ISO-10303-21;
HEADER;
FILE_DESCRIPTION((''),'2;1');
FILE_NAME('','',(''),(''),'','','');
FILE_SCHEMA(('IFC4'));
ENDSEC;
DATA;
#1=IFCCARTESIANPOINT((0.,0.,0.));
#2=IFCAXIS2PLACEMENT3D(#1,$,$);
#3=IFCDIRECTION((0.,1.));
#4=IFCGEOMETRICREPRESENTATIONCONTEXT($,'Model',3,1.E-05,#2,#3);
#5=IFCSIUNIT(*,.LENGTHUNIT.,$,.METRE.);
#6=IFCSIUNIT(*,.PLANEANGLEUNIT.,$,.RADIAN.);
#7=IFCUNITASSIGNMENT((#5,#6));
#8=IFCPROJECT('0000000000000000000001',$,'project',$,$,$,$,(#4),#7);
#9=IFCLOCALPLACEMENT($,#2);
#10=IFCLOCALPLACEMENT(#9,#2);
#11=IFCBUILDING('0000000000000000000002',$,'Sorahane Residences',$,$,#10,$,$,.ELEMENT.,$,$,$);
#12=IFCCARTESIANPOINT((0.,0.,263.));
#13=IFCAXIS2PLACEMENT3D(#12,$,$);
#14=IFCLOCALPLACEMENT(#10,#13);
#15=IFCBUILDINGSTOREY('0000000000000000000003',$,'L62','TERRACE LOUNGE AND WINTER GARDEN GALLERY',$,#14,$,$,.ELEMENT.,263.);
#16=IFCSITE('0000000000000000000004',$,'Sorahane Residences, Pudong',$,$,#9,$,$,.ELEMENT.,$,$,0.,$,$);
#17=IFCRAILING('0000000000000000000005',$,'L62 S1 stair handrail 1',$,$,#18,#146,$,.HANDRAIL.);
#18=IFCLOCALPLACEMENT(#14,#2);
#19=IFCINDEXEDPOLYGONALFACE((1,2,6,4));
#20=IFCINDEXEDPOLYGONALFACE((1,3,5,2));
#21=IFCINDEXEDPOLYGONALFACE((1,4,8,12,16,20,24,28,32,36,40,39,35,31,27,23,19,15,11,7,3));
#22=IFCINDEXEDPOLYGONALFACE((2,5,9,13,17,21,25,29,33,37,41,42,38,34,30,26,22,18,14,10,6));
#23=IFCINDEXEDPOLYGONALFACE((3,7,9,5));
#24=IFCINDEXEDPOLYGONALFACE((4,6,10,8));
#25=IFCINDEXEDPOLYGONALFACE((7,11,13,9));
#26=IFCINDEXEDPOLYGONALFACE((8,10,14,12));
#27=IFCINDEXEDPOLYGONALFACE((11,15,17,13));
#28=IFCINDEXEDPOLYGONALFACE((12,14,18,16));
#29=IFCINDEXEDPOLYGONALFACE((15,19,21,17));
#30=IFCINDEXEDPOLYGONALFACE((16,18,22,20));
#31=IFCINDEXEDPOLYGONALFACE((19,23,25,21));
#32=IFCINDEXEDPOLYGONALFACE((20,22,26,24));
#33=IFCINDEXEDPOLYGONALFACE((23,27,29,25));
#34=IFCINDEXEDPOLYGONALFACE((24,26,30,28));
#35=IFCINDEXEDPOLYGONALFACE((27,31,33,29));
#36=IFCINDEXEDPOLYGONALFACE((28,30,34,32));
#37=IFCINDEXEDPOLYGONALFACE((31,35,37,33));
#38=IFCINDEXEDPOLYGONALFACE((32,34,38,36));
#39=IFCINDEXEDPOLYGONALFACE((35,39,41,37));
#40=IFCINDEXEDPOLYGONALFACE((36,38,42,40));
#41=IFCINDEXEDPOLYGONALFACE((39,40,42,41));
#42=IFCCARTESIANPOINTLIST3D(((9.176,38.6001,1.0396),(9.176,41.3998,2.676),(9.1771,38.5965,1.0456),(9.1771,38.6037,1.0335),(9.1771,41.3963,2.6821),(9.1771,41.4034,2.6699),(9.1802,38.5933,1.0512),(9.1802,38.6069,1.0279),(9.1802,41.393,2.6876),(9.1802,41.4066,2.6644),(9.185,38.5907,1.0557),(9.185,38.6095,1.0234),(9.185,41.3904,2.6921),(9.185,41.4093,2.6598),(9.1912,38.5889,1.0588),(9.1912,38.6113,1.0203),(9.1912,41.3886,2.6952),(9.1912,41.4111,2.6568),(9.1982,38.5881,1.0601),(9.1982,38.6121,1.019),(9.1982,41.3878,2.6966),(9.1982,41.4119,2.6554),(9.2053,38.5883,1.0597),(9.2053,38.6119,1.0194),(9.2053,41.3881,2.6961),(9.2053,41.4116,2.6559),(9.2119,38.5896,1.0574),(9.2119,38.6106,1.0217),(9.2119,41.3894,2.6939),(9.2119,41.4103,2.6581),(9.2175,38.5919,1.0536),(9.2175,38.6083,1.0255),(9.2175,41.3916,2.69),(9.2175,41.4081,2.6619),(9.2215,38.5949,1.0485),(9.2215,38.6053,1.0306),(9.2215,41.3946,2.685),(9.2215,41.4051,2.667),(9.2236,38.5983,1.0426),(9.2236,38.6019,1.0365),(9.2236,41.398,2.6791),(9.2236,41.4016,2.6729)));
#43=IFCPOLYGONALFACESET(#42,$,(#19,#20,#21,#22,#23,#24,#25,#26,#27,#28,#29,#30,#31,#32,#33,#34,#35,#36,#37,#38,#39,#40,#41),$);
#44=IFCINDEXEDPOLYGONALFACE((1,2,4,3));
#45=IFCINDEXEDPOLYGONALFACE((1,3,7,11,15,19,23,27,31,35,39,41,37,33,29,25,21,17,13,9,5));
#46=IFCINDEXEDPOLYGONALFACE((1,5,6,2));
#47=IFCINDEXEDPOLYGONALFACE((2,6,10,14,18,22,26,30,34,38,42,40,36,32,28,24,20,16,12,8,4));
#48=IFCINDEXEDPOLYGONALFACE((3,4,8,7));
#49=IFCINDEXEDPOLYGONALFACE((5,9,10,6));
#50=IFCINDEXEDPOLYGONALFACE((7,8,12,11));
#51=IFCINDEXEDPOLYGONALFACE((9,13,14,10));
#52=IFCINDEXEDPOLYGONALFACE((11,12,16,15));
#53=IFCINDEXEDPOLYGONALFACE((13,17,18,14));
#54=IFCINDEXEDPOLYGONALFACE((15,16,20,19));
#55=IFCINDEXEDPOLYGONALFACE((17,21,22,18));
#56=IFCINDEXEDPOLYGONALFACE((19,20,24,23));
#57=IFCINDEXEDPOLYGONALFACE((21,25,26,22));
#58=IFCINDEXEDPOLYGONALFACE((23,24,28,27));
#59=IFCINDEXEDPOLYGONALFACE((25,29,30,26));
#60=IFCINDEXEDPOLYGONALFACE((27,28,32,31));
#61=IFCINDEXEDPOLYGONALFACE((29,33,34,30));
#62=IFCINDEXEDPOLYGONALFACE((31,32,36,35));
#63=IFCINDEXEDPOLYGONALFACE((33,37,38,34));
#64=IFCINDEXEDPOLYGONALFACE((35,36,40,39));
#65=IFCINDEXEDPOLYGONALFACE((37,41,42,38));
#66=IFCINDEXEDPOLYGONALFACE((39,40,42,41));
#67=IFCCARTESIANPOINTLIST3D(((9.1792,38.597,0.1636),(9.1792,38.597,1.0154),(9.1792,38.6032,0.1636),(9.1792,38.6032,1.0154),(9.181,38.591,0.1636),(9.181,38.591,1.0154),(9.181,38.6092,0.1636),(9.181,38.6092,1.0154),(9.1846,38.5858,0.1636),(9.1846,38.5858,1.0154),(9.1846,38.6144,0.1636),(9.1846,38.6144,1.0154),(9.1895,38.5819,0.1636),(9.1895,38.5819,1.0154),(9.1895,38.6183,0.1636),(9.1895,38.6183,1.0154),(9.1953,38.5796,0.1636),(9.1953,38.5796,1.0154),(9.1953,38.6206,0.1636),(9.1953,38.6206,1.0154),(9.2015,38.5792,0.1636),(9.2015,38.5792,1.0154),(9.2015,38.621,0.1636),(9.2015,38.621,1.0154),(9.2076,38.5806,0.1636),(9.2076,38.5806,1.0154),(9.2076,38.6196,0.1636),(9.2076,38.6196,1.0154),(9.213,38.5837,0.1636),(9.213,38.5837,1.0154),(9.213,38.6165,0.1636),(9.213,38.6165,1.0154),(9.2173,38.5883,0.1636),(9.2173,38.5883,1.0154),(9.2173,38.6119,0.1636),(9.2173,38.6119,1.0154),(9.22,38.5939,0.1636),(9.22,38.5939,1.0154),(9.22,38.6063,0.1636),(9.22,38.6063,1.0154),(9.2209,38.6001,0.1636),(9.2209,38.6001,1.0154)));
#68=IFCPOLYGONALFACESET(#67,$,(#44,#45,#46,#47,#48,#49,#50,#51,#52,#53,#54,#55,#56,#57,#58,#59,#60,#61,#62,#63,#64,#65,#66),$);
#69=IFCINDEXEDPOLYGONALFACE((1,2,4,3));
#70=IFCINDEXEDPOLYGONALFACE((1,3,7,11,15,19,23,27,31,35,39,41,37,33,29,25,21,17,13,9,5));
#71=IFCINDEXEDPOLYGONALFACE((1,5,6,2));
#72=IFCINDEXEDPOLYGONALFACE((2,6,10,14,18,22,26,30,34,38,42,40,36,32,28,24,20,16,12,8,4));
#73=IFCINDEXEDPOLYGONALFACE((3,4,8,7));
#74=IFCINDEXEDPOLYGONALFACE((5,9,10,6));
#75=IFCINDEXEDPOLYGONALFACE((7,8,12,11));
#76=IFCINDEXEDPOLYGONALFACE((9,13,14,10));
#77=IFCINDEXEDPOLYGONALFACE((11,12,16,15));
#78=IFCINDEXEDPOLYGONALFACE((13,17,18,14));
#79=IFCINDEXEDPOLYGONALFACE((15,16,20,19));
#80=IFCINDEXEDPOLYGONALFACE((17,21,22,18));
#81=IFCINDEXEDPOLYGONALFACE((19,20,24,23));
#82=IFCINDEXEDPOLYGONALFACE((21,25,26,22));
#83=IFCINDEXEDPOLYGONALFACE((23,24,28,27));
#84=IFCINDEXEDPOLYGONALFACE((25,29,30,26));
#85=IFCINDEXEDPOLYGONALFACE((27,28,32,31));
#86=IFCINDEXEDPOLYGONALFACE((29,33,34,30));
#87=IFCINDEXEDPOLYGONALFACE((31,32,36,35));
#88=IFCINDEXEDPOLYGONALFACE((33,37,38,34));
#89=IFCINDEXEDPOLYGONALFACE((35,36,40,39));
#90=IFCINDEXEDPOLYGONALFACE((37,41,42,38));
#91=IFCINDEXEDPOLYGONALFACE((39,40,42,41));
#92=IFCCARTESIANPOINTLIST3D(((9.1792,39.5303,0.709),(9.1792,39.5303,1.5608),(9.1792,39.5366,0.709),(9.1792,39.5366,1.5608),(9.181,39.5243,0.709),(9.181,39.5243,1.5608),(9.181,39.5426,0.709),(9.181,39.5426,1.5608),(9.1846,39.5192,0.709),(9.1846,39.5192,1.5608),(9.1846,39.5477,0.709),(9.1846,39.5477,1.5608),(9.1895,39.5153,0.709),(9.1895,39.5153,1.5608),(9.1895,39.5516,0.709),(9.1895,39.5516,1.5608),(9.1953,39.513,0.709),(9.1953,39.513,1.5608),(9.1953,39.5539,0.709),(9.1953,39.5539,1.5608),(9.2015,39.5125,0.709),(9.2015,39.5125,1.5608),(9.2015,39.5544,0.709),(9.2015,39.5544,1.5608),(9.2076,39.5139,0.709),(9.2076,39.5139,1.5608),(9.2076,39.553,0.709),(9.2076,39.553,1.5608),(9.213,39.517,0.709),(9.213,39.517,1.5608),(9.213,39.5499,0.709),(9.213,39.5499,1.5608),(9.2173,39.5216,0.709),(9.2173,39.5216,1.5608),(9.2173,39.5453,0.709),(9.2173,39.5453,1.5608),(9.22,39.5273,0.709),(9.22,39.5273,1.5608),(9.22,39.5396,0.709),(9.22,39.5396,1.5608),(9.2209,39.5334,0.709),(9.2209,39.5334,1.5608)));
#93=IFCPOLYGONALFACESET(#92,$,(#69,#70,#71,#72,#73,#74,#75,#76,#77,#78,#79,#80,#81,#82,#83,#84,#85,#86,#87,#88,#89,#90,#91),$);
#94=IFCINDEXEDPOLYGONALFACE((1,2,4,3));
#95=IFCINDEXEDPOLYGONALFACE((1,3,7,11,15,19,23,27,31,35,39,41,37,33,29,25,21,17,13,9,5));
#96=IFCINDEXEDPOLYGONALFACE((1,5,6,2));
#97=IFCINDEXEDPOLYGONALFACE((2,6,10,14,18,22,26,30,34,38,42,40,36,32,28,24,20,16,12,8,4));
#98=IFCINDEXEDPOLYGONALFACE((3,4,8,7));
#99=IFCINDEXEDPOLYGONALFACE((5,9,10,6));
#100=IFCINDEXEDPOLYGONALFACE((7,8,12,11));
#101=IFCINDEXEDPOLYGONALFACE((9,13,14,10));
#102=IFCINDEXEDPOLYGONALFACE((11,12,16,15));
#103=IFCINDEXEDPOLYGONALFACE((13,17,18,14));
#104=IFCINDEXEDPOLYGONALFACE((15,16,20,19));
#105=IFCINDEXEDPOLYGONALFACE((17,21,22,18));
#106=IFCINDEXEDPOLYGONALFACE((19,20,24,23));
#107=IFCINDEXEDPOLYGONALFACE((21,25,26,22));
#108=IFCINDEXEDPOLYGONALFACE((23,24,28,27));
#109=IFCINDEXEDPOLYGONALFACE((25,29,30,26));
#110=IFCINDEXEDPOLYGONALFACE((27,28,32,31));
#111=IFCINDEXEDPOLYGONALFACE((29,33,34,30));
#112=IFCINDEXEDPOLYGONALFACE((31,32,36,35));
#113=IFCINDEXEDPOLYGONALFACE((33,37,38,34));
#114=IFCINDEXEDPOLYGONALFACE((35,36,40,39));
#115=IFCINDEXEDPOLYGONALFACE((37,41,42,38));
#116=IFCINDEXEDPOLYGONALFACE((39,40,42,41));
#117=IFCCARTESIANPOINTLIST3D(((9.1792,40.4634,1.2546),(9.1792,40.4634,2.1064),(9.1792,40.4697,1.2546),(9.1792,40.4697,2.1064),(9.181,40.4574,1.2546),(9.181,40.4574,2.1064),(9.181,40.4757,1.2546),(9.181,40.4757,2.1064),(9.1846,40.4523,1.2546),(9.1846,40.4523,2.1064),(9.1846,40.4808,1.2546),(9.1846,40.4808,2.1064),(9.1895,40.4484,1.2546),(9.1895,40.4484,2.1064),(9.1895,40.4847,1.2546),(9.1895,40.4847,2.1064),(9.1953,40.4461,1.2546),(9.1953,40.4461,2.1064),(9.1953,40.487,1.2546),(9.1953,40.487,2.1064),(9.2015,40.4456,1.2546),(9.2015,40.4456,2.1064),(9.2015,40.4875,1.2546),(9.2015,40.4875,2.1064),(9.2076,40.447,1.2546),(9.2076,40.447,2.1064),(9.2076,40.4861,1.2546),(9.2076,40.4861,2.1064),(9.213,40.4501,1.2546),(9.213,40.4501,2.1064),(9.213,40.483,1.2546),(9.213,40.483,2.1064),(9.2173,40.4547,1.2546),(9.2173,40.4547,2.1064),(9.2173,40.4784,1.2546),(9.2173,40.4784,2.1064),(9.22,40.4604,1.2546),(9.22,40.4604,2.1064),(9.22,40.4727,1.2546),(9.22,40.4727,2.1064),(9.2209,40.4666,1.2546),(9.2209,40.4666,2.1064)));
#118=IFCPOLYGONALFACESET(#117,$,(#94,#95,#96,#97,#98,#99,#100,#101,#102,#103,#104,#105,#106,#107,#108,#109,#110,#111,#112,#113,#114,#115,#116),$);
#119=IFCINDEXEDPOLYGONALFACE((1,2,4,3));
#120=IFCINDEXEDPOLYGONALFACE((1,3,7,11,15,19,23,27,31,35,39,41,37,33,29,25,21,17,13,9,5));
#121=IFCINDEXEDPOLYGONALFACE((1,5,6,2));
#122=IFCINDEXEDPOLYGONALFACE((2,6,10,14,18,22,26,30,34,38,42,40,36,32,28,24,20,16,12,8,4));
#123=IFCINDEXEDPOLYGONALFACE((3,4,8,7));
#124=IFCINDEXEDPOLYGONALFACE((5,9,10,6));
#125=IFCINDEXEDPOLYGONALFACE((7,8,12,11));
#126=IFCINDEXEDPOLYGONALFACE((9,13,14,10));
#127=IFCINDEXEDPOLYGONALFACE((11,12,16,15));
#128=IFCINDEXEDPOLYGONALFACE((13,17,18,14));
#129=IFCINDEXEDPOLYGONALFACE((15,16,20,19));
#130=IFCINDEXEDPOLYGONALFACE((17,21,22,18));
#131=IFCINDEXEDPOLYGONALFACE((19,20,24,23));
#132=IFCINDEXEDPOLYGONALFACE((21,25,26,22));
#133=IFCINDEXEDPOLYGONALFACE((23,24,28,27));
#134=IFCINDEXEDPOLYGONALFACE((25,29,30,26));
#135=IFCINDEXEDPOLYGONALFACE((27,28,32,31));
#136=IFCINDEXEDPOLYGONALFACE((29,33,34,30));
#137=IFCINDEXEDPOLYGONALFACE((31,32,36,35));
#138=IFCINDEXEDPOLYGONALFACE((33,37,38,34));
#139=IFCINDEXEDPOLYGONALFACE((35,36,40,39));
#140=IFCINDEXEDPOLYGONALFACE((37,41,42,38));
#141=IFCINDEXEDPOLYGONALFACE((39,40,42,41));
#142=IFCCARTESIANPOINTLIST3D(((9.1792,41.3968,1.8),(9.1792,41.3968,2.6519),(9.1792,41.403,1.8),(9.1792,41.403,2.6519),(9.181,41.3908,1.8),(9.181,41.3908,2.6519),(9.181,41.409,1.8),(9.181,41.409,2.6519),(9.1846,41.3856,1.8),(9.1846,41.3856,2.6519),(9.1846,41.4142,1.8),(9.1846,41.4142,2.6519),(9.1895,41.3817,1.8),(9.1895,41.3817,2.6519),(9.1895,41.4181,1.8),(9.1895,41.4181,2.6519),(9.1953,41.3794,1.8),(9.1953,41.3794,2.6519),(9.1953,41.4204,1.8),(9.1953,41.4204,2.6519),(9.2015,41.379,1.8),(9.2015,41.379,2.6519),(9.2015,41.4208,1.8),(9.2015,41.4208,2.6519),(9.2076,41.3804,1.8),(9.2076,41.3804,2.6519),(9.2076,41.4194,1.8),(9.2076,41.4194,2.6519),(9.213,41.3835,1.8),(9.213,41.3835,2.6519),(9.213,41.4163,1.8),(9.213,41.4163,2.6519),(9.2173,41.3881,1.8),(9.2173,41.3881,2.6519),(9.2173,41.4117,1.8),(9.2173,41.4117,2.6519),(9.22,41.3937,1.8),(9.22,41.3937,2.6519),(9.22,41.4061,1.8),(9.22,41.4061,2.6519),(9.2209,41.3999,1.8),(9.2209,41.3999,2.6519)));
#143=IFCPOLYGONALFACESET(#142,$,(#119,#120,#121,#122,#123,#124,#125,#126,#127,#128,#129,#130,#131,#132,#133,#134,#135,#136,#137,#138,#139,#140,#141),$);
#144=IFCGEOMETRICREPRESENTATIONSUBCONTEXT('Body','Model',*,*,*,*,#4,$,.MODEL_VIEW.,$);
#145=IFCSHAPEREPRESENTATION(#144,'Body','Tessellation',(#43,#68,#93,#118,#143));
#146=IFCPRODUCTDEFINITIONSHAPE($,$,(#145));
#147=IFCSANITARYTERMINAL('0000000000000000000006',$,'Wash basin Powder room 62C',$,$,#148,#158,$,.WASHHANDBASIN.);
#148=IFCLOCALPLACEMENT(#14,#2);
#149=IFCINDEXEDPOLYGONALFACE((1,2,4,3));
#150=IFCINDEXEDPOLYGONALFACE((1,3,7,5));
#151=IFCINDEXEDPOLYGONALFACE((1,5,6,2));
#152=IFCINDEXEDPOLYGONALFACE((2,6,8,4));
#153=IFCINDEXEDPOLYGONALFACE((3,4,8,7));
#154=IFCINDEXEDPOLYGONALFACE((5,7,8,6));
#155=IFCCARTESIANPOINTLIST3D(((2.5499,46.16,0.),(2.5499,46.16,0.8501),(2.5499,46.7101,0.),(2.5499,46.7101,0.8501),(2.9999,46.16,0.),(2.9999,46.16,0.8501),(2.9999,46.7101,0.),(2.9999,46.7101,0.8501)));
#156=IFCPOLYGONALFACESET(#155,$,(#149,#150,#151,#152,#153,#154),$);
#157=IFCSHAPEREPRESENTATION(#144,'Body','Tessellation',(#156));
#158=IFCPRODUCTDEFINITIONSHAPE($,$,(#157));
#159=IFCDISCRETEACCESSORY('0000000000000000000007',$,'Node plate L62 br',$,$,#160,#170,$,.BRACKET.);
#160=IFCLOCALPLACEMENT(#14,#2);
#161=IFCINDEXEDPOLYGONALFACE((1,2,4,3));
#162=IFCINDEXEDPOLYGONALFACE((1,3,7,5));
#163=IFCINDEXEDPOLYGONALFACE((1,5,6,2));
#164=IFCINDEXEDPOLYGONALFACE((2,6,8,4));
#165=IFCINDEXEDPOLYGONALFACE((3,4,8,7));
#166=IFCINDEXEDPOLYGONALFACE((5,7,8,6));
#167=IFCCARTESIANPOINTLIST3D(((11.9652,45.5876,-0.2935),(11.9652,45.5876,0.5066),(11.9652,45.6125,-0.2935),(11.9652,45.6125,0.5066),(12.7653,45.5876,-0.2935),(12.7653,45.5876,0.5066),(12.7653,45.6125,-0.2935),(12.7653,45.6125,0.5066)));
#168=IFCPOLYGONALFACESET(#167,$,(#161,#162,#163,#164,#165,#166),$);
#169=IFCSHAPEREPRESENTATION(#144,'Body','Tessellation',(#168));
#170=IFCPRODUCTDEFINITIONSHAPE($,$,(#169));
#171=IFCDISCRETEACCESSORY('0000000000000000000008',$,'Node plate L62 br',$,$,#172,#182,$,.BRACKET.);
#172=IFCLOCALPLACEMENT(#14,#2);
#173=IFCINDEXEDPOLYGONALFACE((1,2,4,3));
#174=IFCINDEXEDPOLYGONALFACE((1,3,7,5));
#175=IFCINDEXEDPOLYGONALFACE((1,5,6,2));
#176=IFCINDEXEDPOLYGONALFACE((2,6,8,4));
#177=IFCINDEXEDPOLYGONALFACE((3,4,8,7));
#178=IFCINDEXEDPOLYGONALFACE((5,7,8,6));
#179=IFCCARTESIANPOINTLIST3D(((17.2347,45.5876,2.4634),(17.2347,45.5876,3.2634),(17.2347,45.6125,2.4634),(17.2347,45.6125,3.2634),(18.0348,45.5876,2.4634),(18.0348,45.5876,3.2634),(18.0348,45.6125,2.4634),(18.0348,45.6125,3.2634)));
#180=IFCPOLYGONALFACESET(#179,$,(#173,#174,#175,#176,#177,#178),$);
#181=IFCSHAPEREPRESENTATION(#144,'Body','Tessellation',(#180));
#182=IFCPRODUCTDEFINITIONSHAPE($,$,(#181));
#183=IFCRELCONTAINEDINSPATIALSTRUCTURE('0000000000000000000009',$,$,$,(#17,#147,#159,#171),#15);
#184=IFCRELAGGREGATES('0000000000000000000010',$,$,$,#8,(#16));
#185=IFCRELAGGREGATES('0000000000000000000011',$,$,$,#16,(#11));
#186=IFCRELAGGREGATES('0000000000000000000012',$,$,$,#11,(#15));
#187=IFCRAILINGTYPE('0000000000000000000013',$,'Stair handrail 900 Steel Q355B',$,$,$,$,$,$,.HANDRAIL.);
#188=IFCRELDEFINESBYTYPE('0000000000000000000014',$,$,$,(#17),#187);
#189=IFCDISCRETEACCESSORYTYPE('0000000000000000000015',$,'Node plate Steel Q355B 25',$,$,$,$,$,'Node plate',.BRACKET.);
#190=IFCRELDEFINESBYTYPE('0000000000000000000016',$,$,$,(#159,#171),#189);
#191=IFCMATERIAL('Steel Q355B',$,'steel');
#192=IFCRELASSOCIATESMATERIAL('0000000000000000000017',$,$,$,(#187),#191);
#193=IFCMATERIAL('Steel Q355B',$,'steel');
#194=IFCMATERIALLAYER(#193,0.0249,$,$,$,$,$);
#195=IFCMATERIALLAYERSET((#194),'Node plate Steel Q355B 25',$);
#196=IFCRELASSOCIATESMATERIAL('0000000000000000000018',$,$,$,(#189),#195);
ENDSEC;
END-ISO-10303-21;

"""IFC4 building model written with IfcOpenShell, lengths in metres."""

from ifc_helpers import new_model, si_unit, direction, frame, origin, origin_2d, place, context, subcontext, project, spatial, rectangle, circle, extrude, material, layer, layer_set, type_object, element, save


model = new_model("IFC4")

# Units and contexts
model_context = context("Model", 3, precision=1e-05, world=origin(), true_north=direction((0.0, 1.0)))
body_context = subcontext(model_context, "Body", "Model", "MODEL_VIEW")
ifc_project = project(units=[si_unit("LENGTHUNIT", "METRE"), si_unit("PLANEANGLEUNIT", "RADIAN")], contexts=[model_context])

# Site, building, storey
site_placement = place(None, origin())
site = spatial("IfcSite", under=ifc_project, at=site_placement, Name="Sorahane Residences, Pudong", CompositionType="ELEMENT", RefElevation=0.0)
building_placement = place(site_placement, origin())
building = spatial("IfcBuilding", under=site, at=building_placement, Name="Sorahane Residences", CompositionType="ELEMENT")
storey_placement = place(building_placement, frame((0.0, 0.0, 263.0)))
storey = spatial("IfcBuildingStorey", under=building, at=storey_placement, Name="L62", Description="TERRACE LOUNGE AND WINTER GARDEN GALLERY", CompositionType="ELEMENT", Elevation=263.0)

# Railing
ifc_material_1 = material(Name="Steel Q355B", Category="steel")
railing_type_1 = type_object("IfcRailingType", Name="Stair handrail 900 Steel Q355B", PredefinedType="HANDRAIL", material=ifc_material_1)
railing_1_placement = place(storey_placement, frame((9.2, 38.6001, 0.1636)))
element("IfcRailing", 1, at=railing_1_placement, inside=storey, type_object=railing_type_1, Name="L62 S1 stair handrail 1", PredefinedType="HANDRAIL", context=body_context, shape_type="SweptSolid", body=[
    extrude(circle(Radius=0.0239, at=origin_2d()), frame((0.0, 0.0, 0.876), z_axis=(0.0, 0.863342, 0.50462), x_axis=(-1.0, 0.0, 0.0)), (0.0, 0.0, 1.0), 3.2429),
    extrude(circle(Radius=0.021, at=origin_2d()), origin(), (0.0, 0.0, 1.0), 0.8518),
    extrude(circle(Radius=0.021, at=origin_2d()), frame((0.0, 0.9333, 0.5454)), (0.0, 0.0, 1.0), 0.8518),
    extrude(circle(Radius=0.021, at=origin_2d()), frame((0.0, 1.8665, 1.0911)), (0.0, 0.0, 1.0), 0.8518),
    extrude(circle(Radius=0.021, at=origin_2d()), frame((0.0, 2.7998, 1.6365)), (0.0, 0.0, 1.0), 0.8518),
])

# Sanitary terminal
sanitary_terminal_placement = place(storey_placement, frame((2.7749, 46.4351, 0.0), z_axis=(0.0, 0.0, 1.0), x_axis=(0.0, -1.0, 0.0)))
element("IfcSanitaryTerminal", 2, at=sanitary_terminal_placement, inside=storey, Name="Wash basin Powder room 62C", PredefinedType="WASHHANDBASIN", context=body_context, shape_type="SweptSolid", body=[
    extrude(rectangle(XDim=0.55, YDim=0.45, at=origin_2d()), origin(), (0.0, 0.0, 1.0), 0.8501),
])

# Discrete accessories
ifc_material_2 = material(Name="Steel Q355B", Category="steel")
ifc_layer_1 = layer(ifc_material_2, 0.0249)
ifc_layer_set_1 = layer_set([ifc_layer_1], Name="Node plate Steel Q355B 25")
discrete_accessory_type = type_object("IfcDiscreteAccessoryType", Name="Node plate Steel Q355B 25", ElementType="Node plate", PredefinedType="BRACKET", material=ifc_layer_set_1)
for number, where, z_axis, x_axis, name in (
    (3, (12.3652, 45.6001, -0.2935), (0.0, 0.0, 1.0), (1.0, 0.0, 0.0), "Node plate L62 br"),
    (4, (17.6348, 45.6001, 2.4634), (0.0, 0.0, 1.0), (1.0, 0.0, 0.0), "Node plate L62 br"),
):
    element("IfcDiscreteAccessory", number, at=place(storey_placement, frame(where, z_axis=z_axis, x_axis=x_axis)), inside=storey, type_object=discrete_accessory_type, Name=name, PredefinedType="BRACKET", context=body_context, shape_type="SweptSolid", body=[
        extrude(rectangle(XDim=0.8, YDim=0.0249, at=origin_2d()), origin(), (0.0, 0.0, 1.0), 0.8),
    ])

save(model, "model.ifc")
